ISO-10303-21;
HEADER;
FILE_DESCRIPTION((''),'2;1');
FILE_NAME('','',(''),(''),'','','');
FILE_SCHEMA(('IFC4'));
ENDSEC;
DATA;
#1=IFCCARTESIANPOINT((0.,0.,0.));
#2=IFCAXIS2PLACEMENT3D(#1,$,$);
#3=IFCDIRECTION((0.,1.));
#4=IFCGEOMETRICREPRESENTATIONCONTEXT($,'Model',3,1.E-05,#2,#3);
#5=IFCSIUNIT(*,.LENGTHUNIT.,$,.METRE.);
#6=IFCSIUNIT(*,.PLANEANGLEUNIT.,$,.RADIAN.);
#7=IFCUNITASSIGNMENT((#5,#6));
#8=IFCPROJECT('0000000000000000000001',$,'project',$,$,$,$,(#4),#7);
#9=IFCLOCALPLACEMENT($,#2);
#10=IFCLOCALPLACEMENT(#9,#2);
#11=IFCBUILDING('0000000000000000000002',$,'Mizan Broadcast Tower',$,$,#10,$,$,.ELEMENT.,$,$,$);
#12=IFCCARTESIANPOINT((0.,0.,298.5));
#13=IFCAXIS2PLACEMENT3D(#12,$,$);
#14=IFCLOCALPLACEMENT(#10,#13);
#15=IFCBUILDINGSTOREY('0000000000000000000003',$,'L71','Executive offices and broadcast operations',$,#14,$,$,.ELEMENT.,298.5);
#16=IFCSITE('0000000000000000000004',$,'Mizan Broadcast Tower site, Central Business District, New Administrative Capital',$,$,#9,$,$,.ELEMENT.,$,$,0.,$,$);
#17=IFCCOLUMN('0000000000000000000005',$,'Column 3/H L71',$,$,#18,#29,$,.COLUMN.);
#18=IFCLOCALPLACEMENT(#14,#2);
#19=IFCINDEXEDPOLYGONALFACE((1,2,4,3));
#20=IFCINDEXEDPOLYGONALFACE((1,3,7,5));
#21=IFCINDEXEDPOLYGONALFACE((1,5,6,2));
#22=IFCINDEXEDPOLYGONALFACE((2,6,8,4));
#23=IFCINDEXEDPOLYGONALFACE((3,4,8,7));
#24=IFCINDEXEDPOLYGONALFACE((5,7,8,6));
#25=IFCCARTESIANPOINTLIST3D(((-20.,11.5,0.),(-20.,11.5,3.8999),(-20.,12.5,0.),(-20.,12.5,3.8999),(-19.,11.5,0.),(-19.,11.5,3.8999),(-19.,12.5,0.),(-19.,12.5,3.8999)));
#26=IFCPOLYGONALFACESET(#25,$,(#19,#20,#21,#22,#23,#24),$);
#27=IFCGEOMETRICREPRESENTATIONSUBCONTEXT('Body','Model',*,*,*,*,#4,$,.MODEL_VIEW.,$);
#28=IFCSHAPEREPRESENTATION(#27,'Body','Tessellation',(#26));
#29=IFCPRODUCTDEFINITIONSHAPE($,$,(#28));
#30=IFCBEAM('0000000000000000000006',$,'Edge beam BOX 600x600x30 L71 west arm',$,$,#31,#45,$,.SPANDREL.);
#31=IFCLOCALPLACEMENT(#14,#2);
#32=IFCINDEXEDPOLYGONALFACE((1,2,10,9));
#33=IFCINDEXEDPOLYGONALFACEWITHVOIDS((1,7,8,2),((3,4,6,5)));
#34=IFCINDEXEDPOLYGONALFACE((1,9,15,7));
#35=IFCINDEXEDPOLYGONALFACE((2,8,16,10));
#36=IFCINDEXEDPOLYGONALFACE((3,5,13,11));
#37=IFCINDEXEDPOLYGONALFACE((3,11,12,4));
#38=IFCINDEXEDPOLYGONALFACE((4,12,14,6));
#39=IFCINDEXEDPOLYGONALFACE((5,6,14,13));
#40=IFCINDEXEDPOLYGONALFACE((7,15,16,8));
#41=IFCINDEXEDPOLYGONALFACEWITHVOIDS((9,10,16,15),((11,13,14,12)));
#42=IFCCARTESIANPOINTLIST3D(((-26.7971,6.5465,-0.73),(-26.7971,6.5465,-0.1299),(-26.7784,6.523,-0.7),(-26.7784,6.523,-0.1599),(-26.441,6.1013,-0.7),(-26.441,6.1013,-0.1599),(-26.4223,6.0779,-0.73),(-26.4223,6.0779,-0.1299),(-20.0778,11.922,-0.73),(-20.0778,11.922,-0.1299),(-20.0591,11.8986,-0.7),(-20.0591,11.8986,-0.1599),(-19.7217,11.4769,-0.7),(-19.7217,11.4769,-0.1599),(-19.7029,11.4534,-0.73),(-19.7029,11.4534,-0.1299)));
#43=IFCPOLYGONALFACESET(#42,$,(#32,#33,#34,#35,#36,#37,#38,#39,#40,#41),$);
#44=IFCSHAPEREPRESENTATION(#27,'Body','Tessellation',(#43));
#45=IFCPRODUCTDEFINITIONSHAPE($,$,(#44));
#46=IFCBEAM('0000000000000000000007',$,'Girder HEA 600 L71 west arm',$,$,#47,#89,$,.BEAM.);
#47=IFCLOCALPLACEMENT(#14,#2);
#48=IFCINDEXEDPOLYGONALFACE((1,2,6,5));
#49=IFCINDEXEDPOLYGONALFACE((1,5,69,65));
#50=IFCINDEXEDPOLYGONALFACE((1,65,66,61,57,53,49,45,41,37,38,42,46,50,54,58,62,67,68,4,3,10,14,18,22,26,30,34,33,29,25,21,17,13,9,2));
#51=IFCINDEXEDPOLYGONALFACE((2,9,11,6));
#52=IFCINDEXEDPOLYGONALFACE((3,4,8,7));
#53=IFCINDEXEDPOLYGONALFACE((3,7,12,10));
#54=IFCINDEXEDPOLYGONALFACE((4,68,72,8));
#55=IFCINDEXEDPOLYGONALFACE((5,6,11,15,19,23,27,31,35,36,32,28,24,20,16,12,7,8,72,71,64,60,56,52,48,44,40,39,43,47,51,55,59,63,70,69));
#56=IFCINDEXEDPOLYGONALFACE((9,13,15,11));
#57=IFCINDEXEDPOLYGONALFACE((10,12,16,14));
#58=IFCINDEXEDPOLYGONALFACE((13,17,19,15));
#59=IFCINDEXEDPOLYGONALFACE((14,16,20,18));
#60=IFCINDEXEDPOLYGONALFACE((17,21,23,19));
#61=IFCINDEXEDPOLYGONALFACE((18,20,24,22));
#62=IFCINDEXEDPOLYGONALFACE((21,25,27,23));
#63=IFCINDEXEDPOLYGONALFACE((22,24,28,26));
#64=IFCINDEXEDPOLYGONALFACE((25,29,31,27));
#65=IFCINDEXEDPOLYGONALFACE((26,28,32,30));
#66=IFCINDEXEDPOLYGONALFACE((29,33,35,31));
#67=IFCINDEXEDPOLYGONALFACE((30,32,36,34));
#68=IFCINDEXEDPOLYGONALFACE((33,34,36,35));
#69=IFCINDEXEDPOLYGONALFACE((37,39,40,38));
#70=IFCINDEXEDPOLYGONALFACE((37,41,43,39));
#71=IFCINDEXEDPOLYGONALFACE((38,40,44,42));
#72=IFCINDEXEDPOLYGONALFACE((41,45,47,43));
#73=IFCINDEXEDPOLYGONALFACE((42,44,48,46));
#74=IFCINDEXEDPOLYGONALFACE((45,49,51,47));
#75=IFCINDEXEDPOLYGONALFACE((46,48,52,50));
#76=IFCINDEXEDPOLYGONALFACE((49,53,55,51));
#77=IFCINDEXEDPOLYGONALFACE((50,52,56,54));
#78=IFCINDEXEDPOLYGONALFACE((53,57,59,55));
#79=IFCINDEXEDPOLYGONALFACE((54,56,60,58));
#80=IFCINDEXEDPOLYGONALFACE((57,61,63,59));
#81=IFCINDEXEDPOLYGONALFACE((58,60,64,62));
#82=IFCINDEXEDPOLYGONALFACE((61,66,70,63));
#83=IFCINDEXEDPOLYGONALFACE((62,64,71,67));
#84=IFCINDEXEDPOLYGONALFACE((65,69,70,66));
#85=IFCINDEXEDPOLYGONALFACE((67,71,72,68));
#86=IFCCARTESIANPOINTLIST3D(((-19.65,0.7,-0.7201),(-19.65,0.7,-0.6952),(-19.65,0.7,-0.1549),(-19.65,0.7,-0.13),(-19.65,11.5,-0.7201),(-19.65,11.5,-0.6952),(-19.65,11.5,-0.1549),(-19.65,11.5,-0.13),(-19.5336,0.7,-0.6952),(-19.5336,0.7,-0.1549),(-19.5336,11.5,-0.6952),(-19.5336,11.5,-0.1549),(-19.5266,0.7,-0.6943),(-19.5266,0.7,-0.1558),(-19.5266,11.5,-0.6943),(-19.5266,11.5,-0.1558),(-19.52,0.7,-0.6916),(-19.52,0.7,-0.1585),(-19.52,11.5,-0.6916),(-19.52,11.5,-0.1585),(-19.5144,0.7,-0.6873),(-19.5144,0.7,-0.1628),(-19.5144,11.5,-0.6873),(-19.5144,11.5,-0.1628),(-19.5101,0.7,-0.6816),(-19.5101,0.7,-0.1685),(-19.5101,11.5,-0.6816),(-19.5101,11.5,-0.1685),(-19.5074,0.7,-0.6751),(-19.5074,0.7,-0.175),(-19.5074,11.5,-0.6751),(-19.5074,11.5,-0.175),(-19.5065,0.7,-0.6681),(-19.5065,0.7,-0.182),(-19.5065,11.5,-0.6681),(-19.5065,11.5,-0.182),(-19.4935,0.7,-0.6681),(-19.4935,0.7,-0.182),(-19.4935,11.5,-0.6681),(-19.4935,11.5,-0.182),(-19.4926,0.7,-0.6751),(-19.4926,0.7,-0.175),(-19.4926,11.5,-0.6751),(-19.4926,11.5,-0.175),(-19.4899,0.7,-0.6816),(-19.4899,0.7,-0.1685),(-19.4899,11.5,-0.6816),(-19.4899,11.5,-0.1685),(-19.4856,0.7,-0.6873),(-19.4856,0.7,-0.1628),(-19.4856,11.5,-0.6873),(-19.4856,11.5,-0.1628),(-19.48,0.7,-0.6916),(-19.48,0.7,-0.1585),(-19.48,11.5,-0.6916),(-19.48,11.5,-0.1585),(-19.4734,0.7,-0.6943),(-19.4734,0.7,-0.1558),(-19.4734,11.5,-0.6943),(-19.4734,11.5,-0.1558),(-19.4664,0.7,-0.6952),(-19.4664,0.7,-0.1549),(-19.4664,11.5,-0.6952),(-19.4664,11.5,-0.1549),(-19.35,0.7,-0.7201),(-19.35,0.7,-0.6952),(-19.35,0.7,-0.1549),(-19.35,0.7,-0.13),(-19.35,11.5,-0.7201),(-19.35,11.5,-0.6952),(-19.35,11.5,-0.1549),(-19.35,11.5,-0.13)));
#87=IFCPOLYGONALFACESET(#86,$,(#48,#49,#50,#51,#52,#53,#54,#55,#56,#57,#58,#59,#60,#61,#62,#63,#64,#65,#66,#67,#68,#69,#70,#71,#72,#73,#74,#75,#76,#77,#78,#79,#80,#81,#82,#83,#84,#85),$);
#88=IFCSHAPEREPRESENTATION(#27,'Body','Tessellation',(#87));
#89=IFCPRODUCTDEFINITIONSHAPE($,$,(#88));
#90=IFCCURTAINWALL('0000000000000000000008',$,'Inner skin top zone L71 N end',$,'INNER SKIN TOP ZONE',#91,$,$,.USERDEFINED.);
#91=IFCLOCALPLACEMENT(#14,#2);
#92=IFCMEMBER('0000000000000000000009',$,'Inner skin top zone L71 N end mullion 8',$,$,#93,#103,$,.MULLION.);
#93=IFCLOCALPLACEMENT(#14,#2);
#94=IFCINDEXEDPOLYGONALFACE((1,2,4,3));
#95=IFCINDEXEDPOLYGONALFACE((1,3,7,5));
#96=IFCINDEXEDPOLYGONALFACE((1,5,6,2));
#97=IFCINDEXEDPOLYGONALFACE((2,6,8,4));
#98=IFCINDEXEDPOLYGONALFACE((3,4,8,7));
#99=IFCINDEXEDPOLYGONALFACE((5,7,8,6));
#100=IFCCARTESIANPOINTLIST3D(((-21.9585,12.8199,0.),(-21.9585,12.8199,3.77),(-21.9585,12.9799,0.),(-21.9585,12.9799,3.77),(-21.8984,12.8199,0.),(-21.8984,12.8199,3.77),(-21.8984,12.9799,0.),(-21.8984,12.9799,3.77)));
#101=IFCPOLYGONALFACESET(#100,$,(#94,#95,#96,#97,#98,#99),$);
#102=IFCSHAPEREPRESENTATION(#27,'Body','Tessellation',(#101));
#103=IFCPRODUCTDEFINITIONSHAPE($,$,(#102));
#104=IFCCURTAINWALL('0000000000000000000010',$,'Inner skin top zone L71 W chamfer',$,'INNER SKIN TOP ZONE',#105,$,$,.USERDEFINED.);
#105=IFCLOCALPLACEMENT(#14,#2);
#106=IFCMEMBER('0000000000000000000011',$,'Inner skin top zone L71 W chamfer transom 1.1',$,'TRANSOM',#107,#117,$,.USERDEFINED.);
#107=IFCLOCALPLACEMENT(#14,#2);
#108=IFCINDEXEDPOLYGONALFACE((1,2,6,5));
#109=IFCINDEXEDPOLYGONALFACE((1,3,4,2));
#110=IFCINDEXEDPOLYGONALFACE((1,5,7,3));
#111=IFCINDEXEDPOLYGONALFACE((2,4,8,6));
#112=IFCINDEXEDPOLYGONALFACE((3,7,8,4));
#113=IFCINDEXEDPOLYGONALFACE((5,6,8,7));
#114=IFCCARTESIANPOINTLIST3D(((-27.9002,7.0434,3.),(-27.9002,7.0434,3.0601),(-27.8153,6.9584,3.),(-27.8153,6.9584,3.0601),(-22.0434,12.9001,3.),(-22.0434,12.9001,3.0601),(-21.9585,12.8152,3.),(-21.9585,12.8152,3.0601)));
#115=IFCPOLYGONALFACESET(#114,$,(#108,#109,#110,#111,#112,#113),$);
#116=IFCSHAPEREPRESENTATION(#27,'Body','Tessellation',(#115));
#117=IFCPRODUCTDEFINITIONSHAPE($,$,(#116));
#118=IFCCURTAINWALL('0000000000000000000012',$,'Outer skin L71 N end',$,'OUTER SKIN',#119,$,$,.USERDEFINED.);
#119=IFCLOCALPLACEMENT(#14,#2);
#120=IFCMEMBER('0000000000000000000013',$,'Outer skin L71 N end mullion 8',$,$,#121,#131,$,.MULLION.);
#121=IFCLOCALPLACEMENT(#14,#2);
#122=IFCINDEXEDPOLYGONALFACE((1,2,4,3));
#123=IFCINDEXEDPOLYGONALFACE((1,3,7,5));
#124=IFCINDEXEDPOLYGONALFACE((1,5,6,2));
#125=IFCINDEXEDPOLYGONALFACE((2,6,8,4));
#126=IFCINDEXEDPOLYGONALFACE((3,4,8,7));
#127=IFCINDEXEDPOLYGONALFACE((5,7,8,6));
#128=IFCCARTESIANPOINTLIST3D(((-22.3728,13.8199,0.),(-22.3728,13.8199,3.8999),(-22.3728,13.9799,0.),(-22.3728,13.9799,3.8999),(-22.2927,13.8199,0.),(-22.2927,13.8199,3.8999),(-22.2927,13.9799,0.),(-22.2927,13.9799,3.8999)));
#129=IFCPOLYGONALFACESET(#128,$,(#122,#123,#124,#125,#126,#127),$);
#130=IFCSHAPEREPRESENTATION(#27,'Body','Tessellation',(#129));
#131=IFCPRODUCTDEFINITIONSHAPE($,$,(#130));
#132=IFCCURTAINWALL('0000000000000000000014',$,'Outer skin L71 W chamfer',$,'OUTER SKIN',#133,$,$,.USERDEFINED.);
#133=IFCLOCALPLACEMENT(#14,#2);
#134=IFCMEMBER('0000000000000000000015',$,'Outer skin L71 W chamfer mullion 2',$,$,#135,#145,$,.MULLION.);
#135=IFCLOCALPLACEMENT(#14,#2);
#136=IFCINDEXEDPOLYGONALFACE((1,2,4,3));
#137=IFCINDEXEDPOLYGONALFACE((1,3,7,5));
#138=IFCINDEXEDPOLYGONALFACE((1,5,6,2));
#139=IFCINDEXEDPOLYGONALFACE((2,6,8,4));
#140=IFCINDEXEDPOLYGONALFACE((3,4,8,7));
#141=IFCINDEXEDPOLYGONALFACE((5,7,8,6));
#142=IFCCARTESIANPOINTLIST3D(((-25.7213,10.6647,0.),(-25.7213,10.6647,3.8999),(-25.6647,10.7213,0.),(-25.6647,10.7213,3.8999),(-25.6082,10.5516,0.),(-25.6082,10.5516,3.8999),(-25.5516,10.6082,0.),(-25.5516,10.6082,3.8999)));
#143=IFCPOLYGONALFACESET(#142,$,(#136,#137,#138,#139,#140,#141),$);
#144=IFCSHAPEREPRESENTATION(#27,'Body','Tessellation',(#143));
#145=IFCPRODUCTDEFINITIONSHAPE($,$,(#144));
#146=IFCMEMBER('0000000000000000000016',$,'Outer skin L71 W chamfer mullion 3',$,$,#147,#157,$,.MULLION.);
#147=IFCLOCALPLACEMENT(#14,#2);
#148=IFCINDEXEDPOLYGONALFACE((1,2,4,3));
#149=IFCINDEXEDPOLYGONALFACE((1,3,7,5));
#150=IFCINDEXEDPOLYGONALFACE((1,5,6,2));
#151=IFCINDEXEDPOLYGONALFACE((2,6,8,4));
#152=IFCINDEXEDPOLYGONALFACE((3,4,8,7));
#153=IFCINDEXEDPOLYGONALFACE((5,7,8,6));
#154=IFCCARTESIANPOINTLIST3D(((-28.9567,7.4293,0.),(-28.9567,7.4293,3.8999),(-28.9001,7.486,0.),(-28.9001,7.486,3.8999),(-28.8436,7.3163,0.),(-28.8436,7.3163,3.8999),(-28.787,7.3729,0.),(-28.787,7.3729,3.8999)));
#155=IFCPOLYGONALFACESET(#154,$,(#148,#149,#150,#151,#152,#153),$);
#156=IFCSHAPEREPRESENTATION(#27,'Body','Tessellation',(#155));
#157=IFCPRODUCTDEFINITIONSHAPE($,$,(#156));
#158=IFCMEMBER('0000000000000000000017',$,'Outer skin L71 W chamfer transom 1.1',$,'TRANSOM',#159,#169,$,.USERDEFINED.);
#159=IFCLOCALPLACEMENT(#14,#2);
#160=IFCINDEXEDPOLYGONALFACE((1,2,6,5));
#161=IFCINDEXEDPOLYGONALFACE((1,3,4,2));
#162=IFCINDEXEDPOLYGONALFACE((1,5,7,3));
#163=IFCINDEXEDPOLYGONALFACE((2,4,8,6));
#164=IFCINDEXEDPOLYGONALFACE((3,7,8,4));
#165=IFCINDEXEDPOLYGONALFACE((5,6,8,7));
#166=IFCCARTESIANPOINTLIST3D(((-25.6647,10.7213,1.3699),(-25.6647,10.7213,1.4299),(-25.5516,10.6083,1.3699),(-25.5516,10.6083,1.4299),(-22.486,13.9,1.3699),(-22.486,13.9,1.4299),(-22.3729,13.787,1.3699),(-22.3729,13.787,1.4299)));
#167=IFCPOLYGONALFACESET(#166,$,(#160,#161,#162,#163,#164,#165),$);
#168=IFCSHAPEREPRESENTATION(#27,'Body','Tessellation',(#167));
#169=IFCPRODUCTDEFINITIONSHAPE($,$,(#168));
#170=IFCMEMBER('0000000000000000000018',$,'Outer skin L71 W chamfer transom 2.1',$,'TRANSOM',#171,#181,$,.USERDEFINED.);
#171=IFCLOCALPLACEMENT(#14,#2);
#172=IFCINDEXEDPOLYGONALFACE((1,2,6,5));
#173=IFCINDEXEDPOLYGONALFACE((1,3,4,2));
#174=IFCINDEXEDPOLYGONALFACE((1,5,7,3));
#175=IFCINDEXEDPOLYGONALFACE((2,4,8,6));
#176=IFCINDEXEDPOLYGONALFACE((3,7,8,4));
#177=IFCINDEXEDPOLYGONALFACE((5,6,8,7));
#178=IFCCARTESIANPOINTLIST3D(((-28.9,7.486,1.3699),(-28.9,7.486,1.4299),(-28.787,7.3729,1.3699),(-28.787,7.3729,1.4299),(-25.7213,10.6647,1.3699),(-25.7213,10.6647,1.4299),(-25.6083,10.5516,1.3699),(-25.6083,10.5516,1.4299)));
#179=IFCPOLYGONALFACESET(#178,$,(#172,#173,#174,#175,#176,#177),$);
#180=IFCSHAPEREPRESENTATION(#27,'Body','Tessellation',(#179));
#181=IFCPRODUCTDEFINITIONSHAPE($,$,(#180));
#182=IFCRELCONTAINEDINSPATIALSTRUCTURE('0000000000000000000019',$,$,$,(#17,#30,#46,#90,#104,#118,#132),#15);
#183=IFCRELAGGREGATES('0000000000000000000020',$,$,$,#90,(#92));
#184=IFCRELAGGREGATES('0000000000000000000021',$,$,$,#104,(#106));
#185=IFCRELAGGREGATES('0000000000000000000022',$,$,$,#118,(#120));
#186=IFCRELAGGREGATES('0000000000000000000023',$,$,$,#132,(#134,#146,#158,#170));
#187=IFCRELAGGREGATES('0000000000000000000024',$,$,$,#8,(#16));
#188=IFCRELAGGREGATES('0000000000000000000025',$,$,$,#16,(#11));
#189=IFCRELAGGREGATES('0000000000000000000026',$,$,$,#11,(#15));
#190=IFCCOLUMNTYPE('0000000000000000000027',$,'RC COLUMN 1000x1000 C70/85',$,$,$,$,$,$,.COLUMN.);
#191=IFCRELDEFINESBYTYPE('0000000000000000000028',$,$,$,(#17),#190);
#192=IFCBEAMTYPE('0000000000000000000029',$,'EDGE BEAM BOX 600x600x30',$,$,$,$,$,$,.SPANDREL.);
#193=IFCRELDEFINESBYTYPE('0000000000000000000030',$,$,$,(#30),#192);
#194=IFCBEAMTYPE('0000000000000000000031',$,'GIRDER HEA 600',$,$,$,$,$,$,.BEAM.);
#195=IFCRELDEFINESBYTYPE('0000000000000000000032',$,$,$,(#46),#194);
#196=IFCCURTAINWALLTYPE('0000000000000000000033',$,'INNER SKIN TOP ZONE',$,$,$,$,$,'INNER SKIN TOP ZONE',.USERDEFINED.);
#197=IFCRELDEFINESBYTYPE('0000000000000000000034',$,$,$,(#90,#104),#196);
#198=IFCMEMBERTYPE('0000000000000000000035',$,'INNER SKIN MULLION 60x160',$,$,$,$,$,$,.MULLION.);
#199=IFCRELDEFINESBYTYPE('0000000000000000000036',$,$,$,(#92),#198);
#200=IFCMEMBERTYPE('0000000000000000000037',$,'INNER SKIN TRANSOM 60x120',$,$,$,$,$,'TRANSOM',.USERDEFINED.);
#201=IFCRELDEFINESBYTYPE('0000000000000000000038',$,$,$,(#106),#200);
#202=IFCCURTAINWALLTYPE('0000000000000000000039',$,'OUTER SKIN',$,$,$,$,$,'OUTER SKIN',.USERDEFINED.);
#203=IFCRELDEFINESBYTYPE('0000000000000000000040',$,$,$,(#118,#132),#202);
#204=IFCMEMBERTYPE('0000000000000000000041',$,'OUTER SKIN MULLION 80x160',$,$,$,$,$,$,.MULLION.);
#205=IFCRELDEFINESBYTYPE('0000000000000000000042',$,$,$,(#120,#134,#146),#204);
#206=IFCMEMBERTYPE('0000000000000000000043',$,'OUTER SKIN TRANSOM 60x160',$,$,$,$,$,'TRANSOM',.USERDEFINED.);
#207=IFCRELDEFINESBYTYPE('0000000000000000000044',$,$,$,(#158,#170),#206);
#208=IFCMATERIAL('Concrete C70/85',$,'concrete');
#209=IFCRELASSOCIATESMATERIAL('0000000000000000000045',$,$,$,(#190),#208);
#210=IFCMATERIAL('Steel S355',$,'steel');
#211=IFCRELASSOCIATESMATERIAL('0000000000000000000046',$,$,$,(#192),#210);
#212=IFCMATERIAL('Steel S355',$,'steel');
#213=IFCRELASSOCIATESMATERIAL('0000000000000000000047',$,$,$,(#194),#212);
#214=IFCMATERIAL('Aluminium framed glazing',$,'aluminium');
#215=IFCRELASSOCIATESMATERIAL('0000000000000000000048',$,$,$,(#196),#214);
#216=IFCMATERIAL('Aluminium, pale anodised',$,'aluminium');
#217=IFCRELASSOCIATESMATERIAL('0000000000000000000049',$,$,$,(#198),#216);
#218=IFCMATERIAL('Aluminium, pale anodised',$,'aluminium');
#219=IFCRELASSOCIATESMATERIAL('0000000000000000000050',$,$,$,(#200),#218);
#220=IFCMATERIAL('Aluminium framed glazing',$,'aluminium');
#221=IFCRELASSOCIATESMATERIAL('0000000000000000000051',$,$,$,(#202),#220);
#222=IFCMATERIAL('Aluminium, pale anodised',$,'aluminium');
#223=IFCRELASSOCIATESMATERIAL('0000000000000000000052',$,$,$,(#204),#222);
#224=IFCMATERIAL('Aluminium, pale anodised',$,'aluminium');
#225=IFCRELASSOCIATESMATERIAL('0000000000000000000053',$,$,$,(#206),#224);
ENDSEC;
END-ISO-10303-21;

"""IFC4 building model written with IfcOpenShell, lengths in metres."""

from ifc_helpers import new_model, si_unit, direction, frame, origin, origin_2d, place, context, subcontext, project, spatial, rectangle, hollow_rectangle, i_section, extrude, material, material_profile, profile_set, type_object, element, aggregate, save


model = new_model("IFC4")

# Units and contexts
model_context = context("Model", 3, precision=1e-05, world=origin(), true_north=direction((0.0, 1.0)))
body_context = subcontext(model_context, "Body", "Model", "MODEL_VIEW")
ifc_project = project(units=[si_unit("LENGTHUNIT", "METRE"), si_unit("PLANEANGLEUNIT", "RADIAN")], contexts=[model_context])

# Site, building, storey
site_placement = place(None, origin())
site = spatial("IfcSite", under=ifc_project, at=site_placement, Name="Mizan Broadcast Tower site, Central Business District, New Administrative Capital", CompositionType="ELEMENT", RefElevation=0.0)
building_placement = place(site_placement, origin())
building = spatial("IfcBuilding", under=site, at=building_placement, Name="Mizan Broadcast Tower", CompositionType="ELEMENT")
storey_placement = place(building_placement, frame((0.0, 0.0, 298.5)))
storey = spatial("IfcBuildingStorey", under=building, at=storey_placement, Name="L71", Description="Executive offices and broadcast operations", CompositionType="ELEMENT", Elevation=298.5)

# Column
ifc_material_1 = material(Name="Concrete C70/85", Category="concrete")
ifc_material_profile_1 = material_profile(ifc_material_1, rectangle(XDim=1.0, YDim=1.0, at=origin_2d()), Name="RC 1000x1000")
ifc_profile_set_1 = profile_set([ifc_material_profile_1], Name="Concrete C70/85")
column_type = type_object("IfcColumnType", Name="RC COLUMN 1000x1000 C70/85", PredefinedType="COLUMN", material=ifc_profile_set_1)
column_placement = place(storey_placement, frame((-19.5, 12.0, 0.0), z_axis=(0.0, 0.0, 1.0), x_axis=(1.0, 0.0, 0.0)))
element("IfcColumn", 1, at=column_placement, inside=storey, type_object=column_type, Name="Column 3/H L71", PredefinedType="COLUMN", context=body_context, shape_type="SweptSolid", body=[
    extrude(rectangle(XDim=1.0, YDim=1.0, at=origin_2d()), origin(), (0.0, 0.0, 1.0), 3.8999),
])

# Beams
ifc_material_2 = material(Name="Steel S355", Category="steel")
ifc_material_profile_2 = material_profile(ifc_material_2, hollow_rectangle(XDim=0.6001, YDim=0.6001, WallThickness=0.03, at=origin_2d()), Name="BOX 600x600x30")
ifc_profile_set_2 = profile_set([ifc_material_profile_2], Name="Steel S355")
beam_type_1 = type_object("IfcBeamType", Name="EDGE BEAM BOX 600x600x30", PredefinedType="SPANDREL", material=ifc_profile_set_2)
beam_1_placement = place(storey_placement, frame((-19.8904, 11.6877, -0.4299), z_axis=(-0.780863, -0.624702, 0.0), x_axis=(0.624702, -0.780863, 0.0)))
element("IfcBeam", 2, at=beam_1_placement, inside=storey, type_object=beam_type_1, Name="Edge beam BOX 600x600x30 L71 west arm", PredefinedType="SPANDREL", context=body_context, shape_type="SweptSolid", body=[
    extrude(hollow_rectangle(XDim=0.6001, YDim=0.6001, WallThickness=0.03, at=origin_2d()), origin(), (0.0, 0.0, 1.0), 8.605),
])
ifc_material_3 = material(Name="Steel S355", Category="steel")
ifc_material_profile_3 = material_profile(ifc_material_3, i_section(OverallWidth=0.3, OverallDepth=0.5901, WebThickness=0.0129, FlangeThickness=0.0249, FilletRadius=0.0271, at=origin_2d()), Name="HEA 600")
ifc_profile_set_3 = profile_set([ifc_material_profile_3], Name="Steel S355")
beam_type_2 = type_object("IfcBeamType", Name="GIRDER HEA 600", PredefinedType="BEAM", material=ifc_profile_set_3)
beam_2_placement = place(storey_placement, frame((-19.5, 11.5, -0.425), z_axis=(0.0, -1.0, 0.0), x_axis=(1.0, 0.0, 0.0)))
element("IfcBeam", 3, at=beam_2_placement, inside=storey, type_object=beam_type_2, Name="Girder HEA 600 L71 west arm", PredefinedType="BEAM", context=body_context, shape_type="SweptSolid", body=[
    extrude(i_section(OverallWidth=0.3, OverallDepth=0.5901, WebThickness=0.0129, FlangeThickness=0.0249, FilletRadius=0.0271, at=origin_2d()), origin(), (0.0, 0.0, 1.0), 10.8),
])

# Curtain walls, members
ifc_material_4 = material(Name="Aluminium framed glazing", Category="aluminium")
curtain_wall_type_1 = type_object("IfcCurtainWallType", Name="INNER SKIN TOP ZONE", ElementType="INNER SKIN TOP ZONE", PredefinedType="USERDEFINED", material=ifc_material_4)
curtain_wall_1_placement = place(storey_placement, origin())
curtain_wall_1 = element("IfcCurtainWall", 4, at=curtain_wall_1_placement, inside=storey, type_object=curtain_wall_type_1, Name="Inner skin top zone L71 N end", ObjectType="INNER SKIN TOP ZONE", PredefinedType="USERDEFINED")
ifc_material_5 = material(Name="Aluminium, pale anodised", Category="aluminium")
ifc_material_profile_4 = material_profile(ifc_material_5, rectangle(XDim=0.1599, YDim=0.0601, at=origin_2d()), Name="MULLION 160x60")
ifc_profile_set_4 = profile_set([ifc_material_profile_4], Name="Aluminium, pale anodised")
member_type_1 = type_object("IfcMemberType", Name="INNER SKIN MULLION 60x160", PredefinedType="MULLION", material=ifc_profile_set_4)
member_1_placement = place(storey_placement, frame((-21.9285, 12.8999, 0.0), z_axis=(0.0, 0.0, 1.0), x_axis=(0.0, -1.0, 0.0)))
member_1 = element("IfcMember", 5, at=member_1_placement, type_object=member_type_1, Name="Inner skin top zone L71 N end mullion 8", PredefinedType="MULLION", context=body_context, shape_type="SweptSolid", body=[
    extrude(rectangle(XDim=0.1599, YDim=0.0601, at=origin_2d()), origin(), (0.0, 0.0, 1.0), 3.77),
])
curtain_wall_2_placement = place(storey_placement, origin())
curtain_wall_2 = element("IfcCurtainWall", 6, at=curtain_wall_2_placement, inside=storey, type_object=curtain_wall_type_1, Name="Inner skin top zone L71 W chamfer", ObjectType="INNER SKIN TOP ZONE", PredefinedType="USERDEFINED")
ifc_material_6 = material(Name="Aluminium, pale anodised", Category="aluminium")
ifc_material_profile_5 = material_profile(ifc_material_6, rectangle(XDim=0.1201, YDim=0.0601, at=origin_2d()), Name="TRANSOM 120x60")
ifc_profile_set_5 = profile_set([ifc_material_profile_5], Name="Aluminium, pale anodised")
member_type_2 = type_object("IfcMemberType", Name="INNER SKIN TRANSOM 60x120", ElementType="TRANSOM", PredefinedType="USERDEFINED", material=ifc_profile_set_5)
member_2_placement = place(storey_placement, frame((-22.001, 12.8577, 3.03), z_axis=(-0.707107, -0.707107, 0.0), x_axis=(0.707107, -0.707107, 0.0)))
member_2 = element("IfcMember", 7, at=member_2_placement, type_object=member_type_2, Name="Inner skin top zone L71 W chamfer transom 1.1", ObjectType="TRANSOM", PredefinedType="USERDEFINED", context=body_context, shape_type="SweptSolid", body=[
    extrude(rectangle(XDim=0.1201, YDim=0.0601, at=origin_2d()), origin(), (0.0, 0.0, 1.0), 8.2827),
])
ifc_material_7 = material(Name="Aluminium framed glazing", Category="aluminium")
curtain_wall_type_2 = type_object("IfcCurtainWallType", Name="OUTER SKIN", ElementType="OUTER SKIN", PredefinedType="USERDEFINED", material=ifc_material_7)
curtain_wall_3_placement = place(storey_placement, origin())
curtain_wall_3 = element("IfcCurtainWall", 8, at=curtain_wall_3_placement, inside=storey, type_object=curtain_wall_type_2, Name="Outer skin L71 N end", ObjectType="OUTER SKIN", PredefinedType="USERDEFINED")
ifc_material_8 = material(Name="Aluminium, pale anodised", Category="aluminium")
ifc_material_profile_6 = material_profile(ifc_material_8, rectangle(XDim=0.1599, YDim=0.0801, at=origin_2d()), Name="MULLION 160x80")
ifc_profile_set_6 = profile_set([ifc_material_profile_6], Name="Aluminium, pale anodised")
member_type_3 = type_object("IfcMemberType", Name="OUTER SKIN MULLION 80x160", PredefinedType="MULLION", material=ifc_profile_set_6)
member_3_placement = place(storey_placement, frame((-22.3328, 13.8999, 0.0), z_axis=(0.0, 0.0, 1.0), x_axis=(0.0, -1.0, 0.0)))
member_3 = element("IfcMember", 9, at=member_3_placement, type_object=member_type_3, Name="Outer skin L71 N end mullion 8", PredefinedType="MULLION", context=body_context, shape_type="SweptSolid", body=[
    extrude(rectangle(XDim=0.1599, YDim=0.0801, at=origin_2d()), origin(), (0.0, 0.0, 1.0), 3.8999),
])

# Curtain wall, members
curtain_wall_4_placement = place(storey_placement, origin())
curtain_wall_4 = element("IfcCurtainWall", 10, at=curtain_wall_4_placement, inside=storey, type_object=curtain_wall_type_2, Name="Outer skin L71 W chamfer", ObjectType="OUTER SKIN", PredefinedType="USERDEFINED")
member_4_placement = place(storey_placement, frame((-25.6365, 10.6365, 0.0), z_axis=(0.0, 0.0, 1.0), x_axis=(0.707107, -0.707107, 0.0)))
member_4 = element("IfcMember", 11, at=member_4_placement, type_object=member_type_3, Name="Outer skin L71 W chamfer mullion 2", PredefinedType="MULLION", context=body_context, shape_type="SweptSolid", body=[
    extrude(rectangle(XDim=0.1599, YDim=0.0801, at=origin_2d()), origin(), (0.0, 0.0, 1.0), 3.8999),
])
member_5_placement = place(storey_placement, frame((-28.8718, 7.4011, 0.0), z_axis=(0.0, 0.0, 1.0), x_axis=(0.707107, -0.707107, 0.0)))
member_5 = element("IfcMember", 12, at=member_5_placement, type_object=member_type_3, Name="Outer skin L71 W chamfer mullion 3", PredefinedType="MULLION", context=body_context, shape_type="SweptSolid", body=[
    extrude(rectangle(XDim=0.1599, YDim=0.0801, at=origin_2d()), origin(), (0.0, 0.0, 1.0), 3.8999),
])
ifc_material_9 = material(Name="Aluminium, pale anodised", Category="aluminium")
ifc_material_profile_7 = material_profile(ifc_material_9, rectangle(XDim=0.1599, YDim=0.0601, at=origin_2d()), Name="TRANSOM 160x60")
ifc_profile_set_7 = profile_set([ifc_material_profile_7], Name="Aluminium, pale anodised")
member_type_4 = type_object("IfcMemberType", Name="OUTER SKIN TRANSOM 60x160", ElementType="TRANSOM", PredefinedType="USERDEFINED", material=ifc_profile_set_7)
member_6_placement = place(storey_placement, frame((-22.4294, 13.8435, 1.3999), z_axis=(-0.707107, -0.707107, 0.0), x_axis=(0.707107, -0.707107, 0.0)))
member_6 = element("IfcMember", 13, at=member_6_placement, type_object=member_type_4, Name="Outer skin L71 W chamfer transom 1.1", ObjectType="TRANSOM", PredefinedType="USERDEFINED", context=body_context, shape_type="SweptSolid", body=[
    extrude(rectangle(XDim=0.1599, YDim=0.0601, at=origin_2d()), origin(), (0.0, 0.0, 1.0), 4.4954),
])
member_7_placement = place(storey_placement, frame((-25.6648, 10.6082, 1.3999), z_axis=(-0.707107, -0.707107, 0.0), x_axis=(0.707107, -0.707107, 0.0)))
member_7 = element("IfcMember", 14, at=member_7_placement, type_object=member_type_4, Name="Outer skin L71 W chamfer transom 2.1", ObjectType="TRANSOM", PredefinedType="USERDEFINED", context=body_context, shape_type="SweptSolid", body=[
    extrude(rectangle(XDim=0.1599, YDim=0.0601, at=origin_2d()), origin(), (0.0, 0.0, 1.0), 4.4954),
])

aggregate(curtain_wall_1, [member_1])
aggregate(curtain_wall_2, [member_2])
aggregate(curtain_wall_3, [member_3])
aggregate(curtain_wall_4, [member_4, member_5, member_6, member_7])

save(model, "model.ifc")
